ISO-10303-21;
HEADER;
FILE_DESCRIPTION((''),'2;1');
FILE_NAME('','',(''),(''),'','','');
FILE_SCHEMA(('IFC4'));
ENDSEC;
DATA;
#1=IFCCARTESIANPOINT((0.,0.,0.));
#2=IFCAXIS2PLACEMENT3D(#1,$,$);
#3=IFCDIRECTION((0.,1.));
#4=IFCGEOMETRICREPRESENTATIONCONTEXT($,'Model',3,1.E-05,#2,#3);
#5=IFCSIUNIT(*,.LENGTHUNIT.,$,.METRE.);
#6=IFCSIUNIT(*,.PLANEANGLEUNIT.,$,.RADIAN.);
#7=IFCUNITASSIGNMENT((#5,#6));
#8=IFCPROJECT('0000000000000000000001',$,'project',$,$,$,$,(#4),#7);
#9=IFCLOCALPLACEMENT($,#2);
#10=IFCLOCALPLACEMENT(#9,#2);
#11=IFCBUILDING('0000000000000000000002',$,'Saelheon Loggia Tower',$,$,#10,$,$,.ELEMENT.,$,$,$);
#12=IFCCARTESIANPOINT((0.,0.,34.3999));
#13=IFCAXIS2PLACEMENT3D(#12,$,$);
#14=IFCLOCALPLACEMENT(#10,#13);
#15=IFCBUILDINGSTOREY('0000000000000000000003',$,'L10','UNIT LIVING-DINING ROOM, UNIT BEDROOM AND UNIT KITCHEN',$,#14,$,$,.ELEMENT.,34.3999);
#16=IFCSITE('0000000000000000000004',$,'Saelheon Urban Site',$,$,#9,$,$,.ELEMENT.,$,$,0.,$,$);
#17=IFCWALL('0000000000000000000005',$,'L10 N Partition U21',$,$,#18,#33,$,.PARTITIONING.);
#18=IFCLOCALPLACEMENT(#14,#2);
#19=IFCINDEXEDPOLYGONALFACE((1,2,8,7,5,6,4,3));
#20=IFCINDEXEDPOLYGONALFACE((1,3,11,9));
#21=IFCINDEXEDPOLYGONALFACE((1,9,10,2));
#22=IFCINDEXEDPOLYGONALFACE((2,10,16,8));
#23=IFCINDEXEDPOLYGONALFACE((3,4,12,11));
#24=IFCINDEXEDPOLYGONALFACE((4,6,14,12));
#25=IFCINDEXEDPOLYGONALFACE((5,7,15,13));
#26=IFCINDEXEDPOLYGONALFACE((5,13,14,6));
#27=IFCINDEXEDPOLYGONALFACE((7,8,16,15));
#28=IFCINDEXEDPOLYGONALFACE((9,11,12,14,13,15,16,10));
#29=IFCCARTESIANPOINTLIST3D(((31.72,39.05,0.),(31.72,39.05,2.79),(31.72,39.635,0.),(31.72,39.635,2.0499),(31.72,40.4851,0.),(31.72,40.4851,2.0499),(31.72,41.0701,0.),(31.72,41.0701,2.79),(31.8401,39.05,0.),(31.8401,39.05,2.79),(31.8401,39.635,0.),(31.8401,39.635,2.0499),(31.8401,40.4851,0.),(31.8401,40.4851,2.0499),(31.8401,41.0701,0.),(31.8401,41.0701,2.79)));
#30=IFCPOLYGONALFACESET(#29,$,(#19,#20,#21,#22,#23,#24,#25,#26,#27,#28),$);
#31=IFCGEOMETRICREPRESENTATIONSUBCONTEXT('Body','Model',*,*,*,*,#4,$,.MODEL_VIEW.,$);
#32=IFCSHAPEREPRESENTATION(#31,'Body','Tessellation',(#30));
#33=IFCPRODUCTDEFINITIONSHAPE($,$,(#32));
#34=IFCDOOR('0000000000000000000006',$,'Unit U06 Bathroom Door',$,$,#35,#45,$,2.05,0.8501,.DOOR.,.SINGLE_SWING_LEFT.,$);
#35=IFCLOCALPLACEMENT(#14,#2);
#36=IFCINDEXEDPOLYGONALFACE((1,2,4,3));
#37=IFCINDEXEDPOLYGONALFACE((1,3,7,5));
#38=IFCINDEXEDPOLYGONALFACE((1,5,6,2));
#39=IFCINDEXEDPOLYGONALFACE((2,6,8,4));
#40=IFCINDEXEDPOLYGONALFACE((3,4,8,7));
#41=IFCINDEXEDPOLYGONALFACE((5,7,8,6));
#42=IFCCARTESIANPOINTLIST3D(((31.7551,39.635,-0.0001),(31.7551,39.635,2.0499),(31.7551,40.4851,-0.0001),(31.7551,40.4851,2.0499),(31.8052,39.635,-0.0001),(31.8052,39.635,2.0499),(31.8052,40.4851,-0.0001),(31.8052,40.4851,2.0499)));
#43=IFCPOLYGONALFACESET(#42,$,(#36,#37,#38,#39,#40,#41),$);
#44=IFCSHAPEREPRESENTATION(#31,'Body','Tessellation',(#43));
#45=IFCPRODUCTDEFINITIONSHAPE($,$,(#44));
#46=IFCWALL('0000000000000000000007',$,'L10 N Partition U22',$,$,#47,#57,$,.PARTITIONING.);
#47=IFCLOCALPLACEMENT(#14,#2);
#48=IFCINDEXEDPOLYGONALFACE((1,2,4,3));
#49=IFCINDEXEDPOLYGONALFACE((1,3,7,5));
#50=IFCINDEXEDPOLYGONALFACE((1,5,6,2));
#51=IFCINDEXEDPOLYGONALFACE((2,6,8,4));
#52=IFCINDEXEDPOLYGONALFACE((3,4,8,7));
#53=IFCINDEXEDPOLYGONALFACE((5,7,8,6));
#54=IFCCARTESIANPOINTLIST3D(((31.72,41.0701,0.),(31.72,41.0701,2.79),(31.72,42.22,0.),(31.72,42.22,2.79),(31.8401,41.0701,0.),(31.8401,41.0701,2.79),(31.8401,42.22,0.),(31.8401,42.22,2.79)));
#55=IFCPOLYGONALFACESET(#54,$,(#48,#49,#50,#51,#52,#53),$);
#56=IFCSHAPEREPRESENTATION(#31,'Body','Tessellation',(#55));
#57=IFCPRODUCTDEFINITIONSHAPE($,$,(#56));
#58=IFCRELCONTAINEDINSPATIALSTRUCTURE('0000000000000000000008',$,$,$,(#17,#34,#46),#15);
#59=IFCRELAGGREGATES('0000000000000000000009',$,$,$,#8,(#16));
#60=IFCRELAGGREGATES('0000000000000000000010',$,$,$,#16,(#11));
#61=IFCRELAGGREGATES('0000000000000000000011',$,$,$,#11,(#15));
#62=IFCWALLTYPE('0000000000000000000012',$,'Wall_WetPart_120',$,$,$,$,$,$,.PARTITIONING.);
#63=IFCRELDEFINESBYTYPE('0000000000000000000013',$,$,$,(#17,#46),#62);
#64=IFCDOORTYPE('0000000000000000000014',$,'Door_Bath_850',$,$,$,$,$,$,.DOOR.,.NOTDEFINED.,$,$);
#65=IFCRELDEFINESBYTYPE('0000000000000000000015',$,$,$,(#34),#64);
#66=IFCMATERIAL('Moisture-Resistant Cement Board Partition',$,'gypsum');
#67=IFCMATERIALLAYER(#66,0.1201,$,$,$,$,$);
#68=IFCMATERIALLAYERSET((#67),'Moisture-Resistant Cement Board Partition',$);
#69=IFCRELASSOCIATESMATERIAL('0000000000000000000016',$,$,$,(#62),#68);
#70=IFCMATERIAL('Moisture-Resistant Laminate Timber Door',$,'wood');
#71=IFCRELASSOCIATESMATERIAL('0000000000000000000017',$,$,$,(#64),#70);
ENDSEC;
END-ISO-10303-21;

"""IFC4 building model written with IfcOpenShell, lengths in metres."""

from ifc_helpers import new_model, si_unit, direction, frame, frame_2d, origin, place, context, subcontext, project, spatial, rectangle, extrude, source, transform, mapped, material, layer, layer_set, type_object, element, fill, save


model = new_model("IFC4")

# Units and contexts
model_context = context("Model", 3, precision=1e-05, world=origin(), true_north=direction((0.0, 1.0)))
body_context = subcontext(model_context, "Body", "Model", "MODEL_VIEW")
ifc_project = project(units=[si_unit("LENGTHUNIT", "METRE"), si_unit("PLANEANGLEUNIT", "RADIAN")], contexts=[model_context])

# Site, building, storey
site_placement = place(None, origin())
site = spatial("IfcSite", under=ifc_project, at=site_placement, Name="Saelheon Urban Site", CompositionType="ELEMENT", RefElevation=0.0)
building_placement = place(site_placement, origin())
building = spatial("IfcBuilding", under=site, at=building_placement, Name="Saelheon Loggia Tower", CompositionType="ELEMENT")
storey_placement = place(building_placement, frame((0.0, 0.0, 34.3999)))
storey = spatial("IfcBuildingStorey", under=building, at=storey_placement, Name="L10", Description="UNIT LIVING-DINING ROOM, UNIT BEDROOM AND UNIT KITCHEN", CompositionType="ELEMENT", Elevation=34.3999)

# Shared definitions
ifc_material_1 = material(Name="Moisture-Resistant Cement Board Partition", Category="gypsum")
ifc_layer_1 = layer(ifc_material_1, 0.1201)
ifc_layer_set_1 = layer_set([ifc_layer_1], Name="Moisture-Resistant Cement Board Partition")
wall_type_1 = type_object("IfcWallType", Name="Wall_WetPart_120", PredefinedType="PARTITIONING", material=ifc_layer_set_1)

# Wall, opening, door
wall_1_placement = place(storey_placement, frame((31.78, 39.05, 0.0), z_axis=(0.0, 0.0, 1.0), x_axis=(0.0, 1.0, 0.0)))
wall_1 = element("IfcWall", 1, at=wall_1_placement, inside=storey, type_object=wall_type_1, Name="L10 N Partition U21", PredefinedType="PARTITIONING", context=body_context, shape_type="SweptSolid", body=[
    extrude(rectangle(XDim=2.02, YDim=0.1201, at=frame_2d((1.01, 0.0))), origin(), (0.0, 0.0, 1.0), 2.79),
])
opening_1_placement = place(wall_1_placement, frame((0.585, 0.0, 0.0)))
opening_1 = element("IfcOpeningElement", 2, at=opening_1_placement, cuts=wall_1, PredefinedType="OPENING", context=body_context, shape_type="SweptSolid", body=[
    extrude(rectangle(XDim=0.8501, YDim=2.05, at=frame_2d((0.425, 1.0249))), frame((0.0, 0.072, 0.0), z_axis=(0.0, -1.0, 0.0), x_axis=(1.0, 0.0, 0.0)), (0.0, 0.0, 1.0), 0.144),
])
ifc_material_2 = material(Name="Moisture-Resistant Laminate Timber Door", Category="wood")
door_type_1 = type_object("IfcDoorType", Name="Door_Bath_850", OperationType="NOTDEFINED", PredefinedType="DOOR", material=ifc_material_2)
shared_shape_1 = source(origin(), body_context, "Body", "SweptSolid", [
    extrude(rectangle(XDim=0.8501, YDim=2.05, at=frame_2d((0.425, 1.0249))), frame((0.0, 0.0249, 0.0), z_axis=(0.0, -1.0, 0.0), x_axis=(1.0, 0.0, 0.0)), (0.0, 0.0, 1.0), 0.05),
])
door_1_placement = place(opening_1_placement, origin())
door_1 = element("IfcDoor", 3, at=door_1_placement, inside=storey, type_object=door_type_1, Name="Unit U06 Bathroom Door", OperationType="SINGLE_SWING_LEFT", OverallHeight=2.05, OverallWidth=0.8501, PredefinedType="DOOR", context=body_context, shape_type="MappedRepresentation", body=[
    mapped(shared_shape_1, transform((0.0, 0.0, 0.0), scale=1.0)),
])
fill(opening_1, door_1)

# Wall
wall_2_placement = place(storey_placement, frame((31.78, 41.0701, 0.0), z_axis=(0.0, 0.0, 1.0), x_axis=(0.0, 1.0, 0.0)))
element("IfcWall", 4, at=wall_2_placement, inside=storey, type_object=wall_type_1, Name="L10 N Partition U22", PredefinedType="PARTITIONING", context=body_context, shape_type="SweptSolid", body=[
    extrude(rectangle(XDim=1.1499, YDim=0.1201, at=frame_2d((0.575, 0.0))), origin(), (0.0, 0.0, 1.0), 2.79),
])

save(model, "model.ifc")
